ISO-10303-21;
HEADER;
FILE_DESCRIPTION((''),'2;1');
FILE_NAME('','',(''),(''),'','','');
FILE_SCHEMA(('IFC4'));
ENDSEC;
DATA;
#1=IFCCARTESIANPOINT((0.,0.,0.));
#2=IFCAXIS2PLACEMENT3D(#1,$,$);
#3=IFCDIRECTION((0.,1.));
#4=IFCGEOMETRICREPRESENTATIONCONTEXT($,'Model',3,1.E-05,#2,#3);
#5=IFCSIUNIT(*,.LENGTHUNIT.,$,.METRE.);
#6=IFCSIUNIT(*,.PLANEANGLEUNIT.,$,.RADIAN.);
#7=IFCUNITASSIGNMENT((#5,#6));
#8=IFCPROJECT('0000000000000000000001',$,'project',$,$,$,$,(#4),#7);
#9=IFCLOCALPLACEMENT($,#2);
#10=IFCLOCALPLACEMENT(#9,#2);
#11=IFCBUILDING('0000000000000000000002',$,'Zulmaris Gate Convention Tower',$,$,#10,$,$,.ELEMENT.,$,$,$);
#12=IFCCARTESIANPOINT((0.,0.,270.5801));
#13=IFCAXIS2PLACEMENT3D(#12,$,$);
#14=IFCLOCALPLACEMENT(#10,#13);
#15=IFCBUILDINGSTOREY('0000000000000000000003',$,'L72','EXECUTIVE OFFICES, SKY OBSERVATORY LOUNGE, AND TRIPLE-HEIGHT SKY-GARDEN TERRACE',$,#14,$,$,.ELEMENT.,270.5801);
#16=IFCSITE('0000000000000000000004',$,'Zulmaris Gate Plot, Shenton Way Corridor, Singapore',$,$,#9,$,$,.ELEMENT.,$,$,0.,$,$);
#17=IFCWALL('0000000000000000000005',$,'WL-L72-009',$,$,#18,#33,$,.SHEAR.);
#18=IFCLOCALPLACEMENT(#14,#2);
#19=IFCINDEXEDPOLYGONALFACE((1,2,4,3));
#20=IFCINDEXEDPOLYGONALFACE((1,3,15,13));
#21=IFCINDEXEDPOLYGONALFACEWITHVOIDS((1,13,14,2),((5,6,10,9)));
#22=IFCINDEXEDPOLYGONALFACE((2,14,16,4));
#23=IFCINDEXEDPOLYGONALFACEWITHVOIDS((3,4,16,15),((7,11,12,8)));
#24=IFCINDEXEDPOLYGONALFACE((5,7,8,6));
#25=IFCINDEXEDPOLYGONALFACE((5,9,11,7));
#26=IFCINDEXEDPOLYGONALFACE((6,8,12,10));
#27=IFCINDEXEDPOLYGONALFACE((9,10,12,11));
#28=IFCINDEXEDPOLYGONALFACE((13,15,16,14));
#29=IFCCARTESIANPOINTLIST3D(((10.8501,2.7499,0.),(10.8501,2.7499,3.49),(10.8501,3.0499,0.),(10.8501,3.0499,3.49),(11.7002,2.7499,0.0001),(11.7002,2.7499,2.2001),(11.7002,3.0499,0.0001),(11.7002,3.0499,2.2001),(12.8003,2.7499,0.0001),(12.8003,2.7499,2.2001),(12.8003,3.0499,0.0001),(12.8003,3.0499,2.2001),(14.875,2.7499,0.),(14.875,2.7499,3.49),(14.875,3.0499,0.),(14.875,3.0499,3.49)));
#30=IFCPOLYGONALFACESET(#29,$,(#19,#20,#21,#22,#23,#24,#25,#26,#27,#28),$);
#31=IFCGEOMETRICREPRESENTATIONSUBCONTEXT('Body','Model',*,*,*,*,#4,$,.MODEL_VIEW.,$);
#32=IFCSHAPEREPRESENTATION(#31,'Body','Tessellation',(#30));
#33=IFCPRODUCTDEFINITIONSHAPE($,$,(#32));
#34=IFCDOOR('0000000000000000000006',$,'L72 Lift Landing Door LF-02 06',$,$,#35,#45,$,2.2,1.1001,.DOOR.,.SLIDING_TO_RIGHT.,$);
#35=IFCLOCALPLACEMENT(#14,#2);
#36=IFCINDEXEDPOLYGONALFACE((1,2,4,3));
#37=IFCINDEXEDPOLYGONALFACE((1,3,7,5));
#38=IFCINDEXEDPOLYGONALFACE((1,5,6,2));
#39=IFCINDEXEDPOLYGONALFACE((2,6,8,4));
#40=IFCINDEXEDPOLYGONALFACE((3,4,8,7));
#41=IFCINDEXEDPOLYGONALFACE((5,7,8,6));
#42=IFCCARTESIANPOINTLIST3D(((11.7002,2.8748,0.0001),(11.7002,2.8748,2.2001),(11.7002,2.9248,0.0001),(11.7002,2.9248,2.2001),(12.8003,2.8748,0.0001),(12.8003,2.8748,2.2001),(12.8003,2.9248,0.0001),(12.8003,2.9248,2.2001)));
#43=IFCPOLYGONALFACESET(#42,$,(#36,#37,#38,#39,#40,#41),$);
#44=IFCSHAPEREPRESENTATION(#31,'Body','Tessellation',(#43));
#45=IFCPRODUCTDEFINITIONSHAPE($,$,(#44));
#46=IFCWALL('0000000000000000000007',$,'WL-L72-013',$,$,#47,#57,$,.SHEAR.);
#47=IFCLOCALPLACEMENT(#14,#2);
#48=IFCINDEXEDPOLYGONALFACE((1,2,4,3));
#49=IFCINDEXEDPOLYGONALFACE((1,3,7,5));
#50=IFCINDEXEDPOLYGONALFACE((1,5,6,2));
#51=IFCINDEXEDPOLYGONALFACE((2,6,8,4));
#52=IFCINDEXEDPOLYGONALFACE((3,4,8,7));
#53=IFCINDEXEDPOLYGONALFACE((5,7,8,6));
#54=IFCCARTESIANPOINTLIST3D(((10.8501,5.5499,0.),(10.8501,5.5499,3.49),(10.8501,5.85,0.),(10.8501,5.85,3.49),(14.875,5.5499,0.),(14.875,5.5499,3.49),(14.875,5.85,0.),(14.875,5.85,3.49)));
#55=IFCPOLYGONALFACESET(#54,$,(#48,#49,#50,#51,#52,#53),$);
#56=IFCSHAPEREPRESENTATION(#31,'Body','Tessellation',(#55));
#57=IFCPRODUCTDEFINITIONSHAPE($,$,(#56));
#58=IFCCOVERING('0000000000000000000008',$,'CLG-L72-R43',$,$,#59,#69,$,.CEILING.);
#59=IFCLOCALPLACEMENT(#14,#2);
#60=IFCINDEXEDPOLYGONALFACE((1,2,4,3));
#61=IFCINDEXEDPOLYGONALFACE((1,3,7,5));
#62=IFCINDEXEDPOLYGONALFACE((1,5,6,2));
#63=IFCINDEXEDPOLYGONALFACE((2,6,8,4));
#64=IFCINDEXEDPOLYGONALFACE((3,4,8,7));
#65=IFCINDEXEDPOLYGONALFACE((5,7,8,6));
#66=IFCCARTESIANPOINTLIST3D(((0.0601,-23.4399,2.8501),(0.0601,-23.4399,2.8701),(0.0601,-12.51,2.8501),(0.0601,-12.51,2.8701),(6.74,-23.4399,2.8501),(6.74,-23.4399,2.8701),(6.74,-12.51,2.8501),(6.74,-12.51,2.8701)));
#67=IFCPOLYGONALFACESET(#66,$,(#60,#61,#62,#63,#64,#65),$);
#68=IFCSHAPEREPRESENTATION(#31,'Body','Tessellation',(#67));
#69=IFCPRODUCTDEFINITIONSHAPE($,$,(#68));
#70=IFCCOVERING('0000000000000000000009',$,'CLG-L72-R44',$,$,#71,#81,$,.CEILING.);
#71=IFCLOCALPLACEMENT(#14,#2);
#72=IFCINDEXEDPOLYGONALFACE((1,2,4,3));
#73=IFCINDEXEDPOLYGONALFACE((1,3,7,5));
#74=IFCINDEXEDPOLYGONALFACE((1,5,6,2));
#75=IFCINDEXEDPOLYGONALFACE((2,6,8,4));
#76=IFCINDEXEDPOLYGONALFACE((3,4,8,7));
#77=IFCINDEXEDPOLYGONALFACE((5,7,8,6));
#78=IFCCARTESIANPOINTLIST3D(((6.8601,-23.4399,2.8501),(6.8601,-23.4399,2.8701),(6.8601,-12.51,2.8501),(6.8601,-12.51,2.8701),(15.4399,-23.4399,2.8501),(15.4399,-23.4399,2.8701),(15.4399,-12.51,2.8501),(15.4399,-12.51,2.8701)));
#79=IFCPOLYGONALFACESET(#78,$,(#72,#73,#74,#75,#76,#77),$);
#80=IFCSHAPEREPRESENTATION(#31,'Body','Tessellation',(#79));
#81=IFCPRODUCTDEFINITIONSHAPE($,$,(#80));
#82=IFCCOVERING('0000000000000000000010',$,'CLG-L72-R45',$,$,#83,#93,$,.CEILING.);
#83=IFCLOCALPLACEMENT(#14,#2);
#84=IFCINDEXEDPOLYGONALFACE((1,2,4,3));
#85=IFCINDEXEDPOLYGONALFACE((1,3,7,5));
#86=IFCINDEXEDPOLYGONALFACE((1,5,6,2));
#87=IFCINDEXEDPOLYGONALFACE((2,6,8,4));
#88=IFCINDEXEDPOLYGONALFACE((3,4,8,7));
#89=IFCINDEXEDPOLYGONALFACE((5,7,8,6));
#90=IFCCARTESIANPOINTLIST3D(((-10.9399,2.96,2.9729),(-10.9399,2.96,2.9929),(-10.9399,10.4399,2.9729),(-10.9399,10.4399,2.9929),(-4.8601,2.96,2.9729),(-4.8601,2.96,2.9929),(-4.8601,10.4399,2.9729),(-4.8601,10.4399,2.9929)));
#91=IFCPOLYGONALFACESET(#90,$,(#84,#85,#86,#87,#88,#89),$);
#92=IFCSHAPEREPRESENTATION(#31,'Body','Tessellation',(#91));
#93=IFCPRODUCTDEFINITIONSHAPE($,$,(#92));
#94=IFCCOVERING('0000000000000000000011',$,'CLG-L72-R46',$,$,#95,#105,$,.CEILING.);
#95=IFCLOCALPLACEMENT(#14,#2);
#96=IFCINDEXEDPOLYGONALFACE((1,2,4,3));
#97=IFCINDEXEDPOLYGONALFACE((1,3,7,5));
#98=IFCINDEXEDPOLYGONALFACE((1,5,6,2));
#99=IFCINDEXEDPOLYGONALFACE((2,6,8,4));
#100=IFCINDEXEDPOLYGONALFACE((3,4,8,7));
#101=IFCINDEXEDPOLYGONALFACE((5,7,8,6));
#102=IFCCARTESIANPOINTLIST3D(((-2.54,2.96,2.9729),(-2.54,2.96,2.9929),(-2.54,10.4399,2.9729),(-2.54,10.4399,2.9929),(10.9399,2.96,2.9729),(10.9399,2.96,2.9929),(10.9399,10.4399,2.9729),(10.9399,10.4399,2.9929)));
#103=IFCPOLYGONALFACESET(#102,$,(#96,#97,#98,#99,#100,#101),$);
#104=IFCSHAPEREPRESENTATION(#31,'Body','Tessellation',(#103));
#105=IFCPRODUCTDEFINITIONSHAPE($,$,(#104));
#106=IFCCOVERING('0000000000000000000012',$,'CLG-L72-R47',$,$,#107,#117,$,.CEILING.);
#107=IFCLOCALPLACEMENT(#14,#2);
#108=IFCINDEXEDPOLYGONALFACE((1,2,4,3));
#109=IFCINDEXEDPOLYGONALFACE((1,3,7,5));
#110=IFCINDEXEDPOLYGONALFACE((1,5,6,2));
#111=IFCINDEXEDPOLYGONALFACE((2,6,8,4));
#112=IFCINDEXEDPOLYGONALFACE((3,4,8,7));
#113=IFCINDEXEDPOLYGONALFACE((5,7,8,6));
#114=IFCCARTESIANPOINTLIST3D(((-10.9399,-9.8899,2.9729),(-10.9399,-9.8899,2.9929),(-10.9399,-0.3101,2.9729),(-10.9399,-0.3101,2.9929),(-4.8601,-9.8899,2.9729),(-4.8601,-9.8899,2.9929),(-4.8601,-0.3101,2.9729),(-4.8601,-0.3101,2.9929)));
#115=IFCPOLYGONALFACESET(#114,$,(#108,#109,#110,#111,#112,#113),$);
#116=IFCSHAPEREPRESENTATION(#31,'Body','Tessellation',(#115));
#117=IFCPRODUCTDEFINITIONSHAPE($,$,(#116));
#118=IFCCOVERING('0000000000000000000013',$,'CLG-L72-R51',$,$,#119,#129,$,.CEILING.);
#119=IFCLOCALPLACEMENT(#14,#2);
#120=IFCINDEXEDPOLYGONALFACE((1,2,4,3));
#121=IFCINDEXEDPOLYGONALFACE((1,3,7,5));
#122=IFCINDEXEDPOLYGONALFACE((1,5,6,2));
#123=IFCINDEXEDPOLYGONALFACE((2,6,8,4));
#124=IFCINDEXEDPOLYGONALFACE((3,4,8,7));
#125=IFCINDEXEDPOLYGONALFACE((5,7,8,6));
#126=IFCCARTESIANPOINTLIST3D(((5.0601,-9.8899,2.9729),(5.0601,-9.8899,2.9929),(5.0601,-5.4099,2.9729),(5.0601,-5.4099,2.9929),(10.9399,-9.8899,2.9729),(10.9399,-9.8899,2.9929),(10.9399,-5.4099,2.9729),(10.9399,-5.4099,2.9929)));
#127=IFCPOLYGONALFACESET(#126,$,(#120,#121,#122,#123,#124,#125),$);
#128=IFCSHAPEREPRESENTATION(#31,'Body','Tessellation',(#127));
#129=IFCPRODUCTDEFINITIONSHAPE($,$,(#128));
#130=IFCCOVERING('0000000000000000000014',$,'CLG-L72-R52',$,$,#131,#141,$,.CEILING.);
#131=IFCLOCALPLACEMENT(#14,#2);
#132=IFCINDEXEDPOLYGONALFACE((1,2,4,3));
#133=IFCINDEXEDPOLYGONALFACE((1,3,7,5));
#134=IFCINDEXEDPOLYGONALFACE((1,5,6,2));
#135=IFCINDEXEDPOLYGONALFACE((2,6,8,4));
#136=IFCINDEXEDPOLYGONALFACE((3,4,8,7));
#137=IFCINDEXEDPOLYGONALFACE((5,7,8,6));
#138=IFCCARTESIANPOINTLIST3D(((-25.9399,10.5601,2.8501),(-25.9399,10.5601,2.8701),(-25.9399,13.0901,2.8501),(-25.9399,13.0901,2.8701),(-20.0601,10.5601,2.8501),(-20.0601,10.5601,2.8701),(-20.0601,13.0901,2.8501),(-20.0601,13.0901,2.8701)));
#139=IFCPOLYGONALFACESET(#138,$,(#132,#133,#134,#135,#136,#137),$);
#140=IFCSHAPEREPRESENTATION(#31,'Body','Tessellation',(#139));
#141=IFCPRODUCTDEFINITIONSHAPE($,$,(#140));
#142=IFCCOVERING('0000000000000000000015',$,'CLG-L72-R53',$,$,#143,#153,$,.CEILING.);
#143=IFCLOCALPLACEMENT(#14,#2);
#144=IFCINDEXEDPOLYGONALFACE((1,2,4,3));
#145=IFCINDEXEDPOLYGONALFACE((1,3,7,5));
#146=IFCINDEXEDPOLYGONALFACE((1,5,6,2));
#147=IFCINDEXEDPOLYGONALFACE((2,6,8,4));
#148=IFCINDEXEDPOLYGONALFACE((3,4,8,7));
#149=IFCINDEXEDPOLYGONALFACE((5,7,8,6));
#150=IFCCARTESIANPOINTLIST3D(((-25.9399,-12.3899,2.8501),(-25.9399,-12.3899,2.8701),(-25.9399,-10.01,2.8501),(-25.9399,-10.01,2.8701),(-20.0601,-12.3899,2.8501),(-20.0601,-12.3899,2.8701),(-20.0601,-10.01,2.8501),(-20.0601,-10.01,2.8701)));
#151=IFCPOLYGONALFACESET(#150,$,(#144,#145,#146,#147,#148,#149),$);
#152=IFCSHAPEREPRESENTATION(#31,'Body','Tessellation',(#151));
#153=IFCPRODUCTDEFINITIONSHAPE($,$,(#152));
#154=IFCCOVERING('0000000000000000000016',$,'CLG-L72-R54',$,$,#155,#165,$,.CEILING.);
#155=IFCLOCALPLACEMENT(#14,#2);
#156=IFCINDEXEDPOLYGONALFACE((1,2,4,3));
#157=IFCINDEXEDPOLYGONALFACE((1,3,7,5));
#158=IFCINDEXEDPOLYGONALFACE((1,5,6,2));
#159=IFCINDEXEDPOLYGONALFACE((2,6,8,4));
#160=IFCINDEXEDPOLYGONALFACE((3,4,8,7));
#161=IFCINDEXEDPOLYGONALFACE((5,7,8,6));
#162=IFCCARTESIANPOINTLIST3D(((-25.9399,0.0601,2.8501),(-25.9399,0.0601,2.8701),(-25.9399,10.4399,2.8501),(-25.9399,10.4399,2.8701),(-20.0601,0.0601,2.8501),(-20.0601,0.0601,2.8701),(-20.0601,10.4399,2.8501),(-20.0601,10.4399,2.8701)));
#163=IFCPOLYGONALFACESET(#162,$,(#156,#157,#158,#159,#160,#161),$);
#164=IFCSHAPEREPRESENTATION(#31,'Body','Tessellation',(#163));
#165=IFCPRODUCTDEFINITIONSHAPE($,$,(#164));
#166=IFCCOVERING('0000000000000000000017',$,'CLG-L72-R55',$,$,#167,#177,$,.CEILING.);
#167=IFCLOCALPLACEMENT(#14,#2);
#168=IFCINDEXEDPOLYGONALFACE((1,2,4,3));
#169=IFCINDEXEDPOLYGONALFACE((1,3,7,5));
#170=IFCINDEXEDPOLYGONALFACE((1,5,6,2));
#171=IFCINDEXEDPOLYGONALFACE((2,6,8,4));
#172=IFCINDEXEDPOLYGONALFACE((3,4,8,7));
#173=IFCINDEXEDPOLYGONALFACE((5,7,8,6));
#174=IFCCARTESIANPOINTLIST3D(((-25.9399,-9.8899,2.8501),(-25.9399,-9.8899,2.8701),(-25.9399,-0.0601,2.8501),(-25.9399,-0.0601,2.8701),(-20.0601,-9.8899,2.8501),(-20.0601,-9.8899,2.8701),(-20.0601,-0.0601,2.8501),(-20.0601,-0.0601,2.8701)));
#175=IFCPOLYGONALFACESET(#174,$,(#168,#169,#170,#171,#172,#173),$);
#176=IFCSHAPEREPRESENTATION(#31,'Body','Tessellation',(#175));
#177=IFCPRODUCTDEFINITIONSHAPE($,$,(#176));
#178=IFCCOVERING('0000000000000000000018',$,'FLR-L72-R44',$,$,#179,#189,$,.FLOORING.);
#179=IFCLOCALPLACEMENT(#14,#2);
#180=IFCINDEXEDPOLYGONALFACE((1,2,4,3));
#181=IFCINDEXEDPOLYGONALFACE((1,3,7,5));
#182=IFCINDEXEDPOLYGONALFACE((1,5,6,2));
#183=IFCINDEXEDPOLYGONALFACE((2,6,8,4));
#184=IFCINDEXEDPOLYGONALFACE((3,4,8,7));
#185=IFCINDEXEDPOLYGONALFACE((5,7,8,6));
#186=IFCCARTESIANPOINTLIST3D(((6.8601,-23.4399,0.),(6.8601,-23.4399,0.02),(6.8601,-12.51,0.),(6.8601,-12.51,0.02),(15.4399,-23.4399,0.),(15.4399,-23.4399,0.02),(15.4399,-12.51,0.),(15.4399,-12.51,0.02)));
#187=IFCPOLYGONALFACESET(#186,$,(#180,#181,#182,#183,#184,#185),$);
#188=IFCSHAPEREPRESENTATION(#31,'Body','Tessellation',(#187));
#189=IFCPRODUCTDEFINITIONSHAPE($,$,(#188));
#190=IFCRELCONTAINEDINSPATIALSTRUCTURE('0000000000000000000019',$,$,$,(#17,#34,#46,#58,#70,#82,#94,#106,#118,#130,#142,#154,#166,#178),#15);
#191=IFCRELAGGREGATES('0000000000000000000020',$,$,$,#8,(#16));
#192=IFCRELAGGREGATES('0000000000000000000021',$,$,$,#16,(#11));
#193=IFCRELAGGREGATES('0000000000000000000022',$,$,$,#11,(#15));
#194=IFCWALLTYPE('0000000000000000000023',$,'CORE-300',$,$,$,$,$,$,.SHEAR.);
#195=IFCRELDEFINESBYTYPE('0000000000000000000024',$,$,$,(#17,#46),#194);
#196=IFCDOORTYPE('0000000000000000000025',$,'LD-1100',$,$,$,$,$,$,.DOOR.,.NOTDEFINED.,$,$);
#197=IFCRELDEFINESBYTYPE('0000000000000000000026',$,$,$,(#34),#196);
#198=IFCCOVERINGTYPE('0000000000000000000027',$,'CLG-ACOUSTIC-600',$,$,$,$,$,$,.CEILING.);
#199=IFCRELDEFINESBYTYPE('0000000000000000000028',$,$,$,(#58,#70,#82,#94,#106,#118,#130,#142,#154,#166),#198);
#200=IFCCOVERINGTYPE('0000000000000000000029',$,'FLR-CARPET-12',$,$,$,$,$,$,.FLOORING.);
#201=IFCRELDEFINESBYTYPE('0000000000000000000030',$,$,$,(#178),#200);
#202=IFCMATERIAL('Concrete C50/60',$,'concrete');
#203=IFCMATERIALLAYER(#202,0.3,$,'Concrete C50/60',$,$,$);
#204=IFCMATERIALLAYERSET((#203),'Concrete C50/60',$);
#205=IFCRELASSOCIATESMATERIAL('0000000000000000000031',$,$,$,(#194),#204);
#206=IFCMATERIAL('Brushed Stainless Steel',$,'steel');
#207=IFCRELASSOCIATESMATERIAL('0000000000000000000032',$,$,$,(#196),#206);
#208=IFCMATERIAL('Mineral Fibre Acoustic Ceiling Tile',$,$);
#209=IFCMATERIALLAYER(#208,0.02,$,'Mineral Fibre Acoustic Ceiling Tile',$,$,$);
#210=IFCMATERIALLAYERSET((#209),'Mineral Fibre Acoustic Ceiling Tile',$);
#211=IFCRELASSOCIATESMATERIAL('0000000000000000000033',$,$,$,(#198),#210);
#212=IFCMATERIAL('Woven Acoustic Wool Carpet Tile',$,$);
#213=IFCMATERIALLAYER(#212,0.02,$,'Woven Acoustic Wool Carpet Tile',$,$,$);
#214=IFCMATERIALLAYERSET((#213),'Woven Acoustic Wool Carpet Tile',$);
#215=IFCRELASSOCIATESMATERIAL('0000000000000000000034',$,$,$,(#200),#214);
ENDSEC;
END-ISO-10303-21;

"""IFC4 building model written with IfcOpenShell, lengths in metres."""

from ifc_helpers import new_model, si_unit, direction, frame, frame_2d, origin, place, context, subcontext, project, spatial, polyline, rectangle, outline, extrude, material, layer, layer_set, type_object, element, fill, save


model = new_model("IFC4")

# Units and contexts
model_context = context("Model", 3, precision=1e-05, world=origin(), true_north=direction((0.0, 1.0)))
body_context = subcontext(model_context, "Body", "Model", "MODEL_VIEW")
ifc_project = project(units=[si_unit("LENGTHUNIT", "METRE"), si_unit("PLANEANGLEUNIT", "RADIAN")], contexts=[model_context])

# Site, building, storey
site_placement = place(None, origin())
site = spatial("IfcSite", under=ifc_project, at=site_placement, Name="Zulmaris Gate Plot, Shenton Way Corridor, Singapore", CompositionType="ELEMENT", RefElevation=0.0)
building_placement = place(site_placement, origin())
building = spatial("IfcBuilding", under=site, at=building_placement, Name="Zulmaris Gate Convention Tower", CompositionType="ELEMENT")
storey_placement = place(building_placement, frame((0.0, 0.0, 270.5801)))
storey = spatial("IfcBuildingStorey", under=building, at=storey_placement, Name="L72", Description="EXECUTIVE OFFICES, SKY OBSERVATORY LOUNGE, AND TRIPLE-HEIGHT SKY-GARDEN TERRACE", CompositionType="ELEMENT", Elevation=270.5801)

# Wall, opening, door
ifc_material_1 = material(Name="Concrete C50/60", Category="concrete")
ifc_layer_1 = layer(ifc_material_1, 0.3, Name="Concrete C50/60")
ifc_layer_set_1 = layer_set([ifc_layer_1], Name="Concrete C50/60")
wall_type = type_object("IfcWallType", Name="CORE-300", PredefinedType="SHEAR", material=ifc_layer_set_1)
wall_1_placement = place(storey_placement, frame((10.8501, 2.8999, 0.0), z_axis=(0.0, 0.0, 1.0), x_axis=(1.0, 0.0, 0.0)))
wall_1 = element("IfcWall", 1, at=wall_1_placement, inside=storey, type_object=wall_type, Name="WL-L72-009", PredefinedType="SHEAR", context=body_context, shape_type="SweptSolid", body=[
    extrude(rectangle(XDim=4.0249, YDim=0.3, at=frame_2d((2.0125, 0.0))), origin(), (0.0, 0.0, 1.0), 3.49),
])
opening_placement = place(wall_1_placement, frame((0.8501, 0.0, 0.0)))
opening = element("IfcOpeningElement", 2, at=opening_placement, cuts=wall_1, PredefinedType="OPENING", context=body_context, shape_type="SweptSolid", body=[
    extrude(rectangle(XDim=1.1001, YDim=2.2, at=frame_2d((0.55, 1.1001))), frame((0.0, 0.1602, 0.0), z_axis=(0.0, -1.0, 0.0), x_axis=(1.0, 0.0, 0.0)), (0.0, 0.0, 1.0), 0.3201),
])
ifc_material_2 = material(Name="Brushed Stainless Steel", Category="steel")
door_type = type_object("IfcDoorType", Name="LD-1100", OperationType="NOTDEFINED", PredefinedType="DOOR", material=ifc_material_2)
door_placement = place(opening_placement, origin())
door = element("IfcDoor", 3, at=door_placement, inside=storey, type_object=door_type, Name="L72 Lift Landing Door LF-02 06", OperationType="SLIDING_TO_RIGHT", OverallHeight=2.2, OverallWidth=1.1001, PredefinedType="DOOR", context=body_context, shape_type="SweptSolid", body=[
    extrude(rectangle(XDim=1.1001, YDim=2.2, at=frame_2d((0.55, 1.1001))), frame((0.0, 0.0249, 0.0), z_axis=(0.0, -1.0, 0.0), x_axis=(1.0, 0.0, 0.0)), (0.0, 0.0, 1.0), 0.05),
])
fill(opening, door)

# Wall
wall_2_placement = place(storey_placement, frame((10.8501, 5.7, 0.0), z_axis=(0.0, 0.0, 1.0), x_axis=(1.0, 0.0, 0.0)))
element("IfcWall", 4, at=wall_2_placement, inside=storey, type_object=wall_type, Name="WL-L72-013", PredefinedType="SHEAR", context=body_context, shape_type="SweptSolid", body=[
    extrude(rectangle(XDim=4.0249, YDim=0.3, at=frame_2d((2.0125, 0.0))), origin(), (0.0, 0.0, 1.0), 3.49),
])

# Coverings
ifc_material_3 = material(Name="Mineral Fibre Acoustic Ceiling Tile")
ifc_layer_2 = layer(ifc_material_3, 0.02, Name="Mineral Fibre Acoustic Ceiling Tile")
ifc_layer_set_2 = layer_set([ifc_layer_2], Name="Mineral Fibre Acoustic Ceiling Tile")
covering_type_1 = type_object("IfcCoveringType", Name="CLG-ACOUSTIC-600", PredefinedType="CEILING", material=ifc_layer_set_2)
covering_1_placement = place(storey_placement, frame((0.0, 0.0, 2.8501)))
element("IfcCovering", 5, at=covering_1_placement, inside=storey, type_object=covering_type_1, Name="CLG-L72-R43", PredefinedType="CEILING", context=body_context, shape_type="SweptSolid", body=[
    extrude(outline(polyline([(0.0601, -23.4399), (6.74, -23.4399), (6.74, -12.51), (0.0601, -12.51), (0.0601, -23.4399)])), origin(), (0.0, 0.0, 1.0), 0.02),
])
covering_2_placement = place(storey_placement, frame((0.0, 0.0, 2.8501)))
element("IfcCovering", 6, at=covering_2_placement, inside=storey, type_object=covering_type_1, Name="CLG-L72-R44", PredefinedType="CEILING", context=body_context, shape_type="SweptSolid", body=[
    extrude(outline(polyline([(6.8601, -23.4399), (15.4399, -23.4399), (15.4399, -12.51), (6.8601, -12.51), (6.8601, -23.4399)])), origin(), (0.0, 0.0, 1.0), 0.02),
])
covering_3_placement = place(storey_placement, frame((0.0, 0.0, 2.9729)))
element("IfcCovering", 7, at=covering_3_placement, inside=storey, type_object=covering_type_1, Name="CLG-L72-R45", PredefinedType="CEILING", context=body_context, shape_type="SweptSolid", body=[
    extrude(outline(polyline([(-10.9399, 2.96), (-4.8601, 2.96), (-4.8601, 10.4399), (-10.9399, 10.4399), (-10.9399, 2.96)])), origin(), (0.0, 0.0, 1.0), 0.02),
])
covering_4_placement = place(storey_placement, frame((0.0, 0.0, 2.9729)))
element("IfcCovering", 8, at=covering_4_placement, inside=storey, type_object=covering_type_1, Name="CLG-L72-R46", PredefinedType="CEILING", context=body_context, shape_type="SweptSolid", body=[
    extrude(outline(polyline([(-2.54, 2.96), (10.9399, 2.96), (10.9399, 10.4399), (-2.54, 10.4399), (-2.54, 2.96)])), origin(), (0.0, 0.0, 1.0), 0.02),
])
covering_5_placement = place(storey_placement, frame((0.0, 0.0, 2.9729)))
element("IfcCovering", 9, at=covering_5_placement, inside=storey, type_object=covering_type_1, Name="CLG-L72-R47", PredefinedType="CEILING", context=body_context, shape_type="SweptSolid", body=[
    extrude(outline(polyline([(-10.9399, -9.8899), (-4.8601, -9.8899), (-4.8601, -0.3101), (-10.9399, -0.3101), (-10.9399, -9.8899)])), origin(), (0.0, 0.0, 1.0), 0.02),
])
covering_6_placement = place(storey_placement, frame((0.0, 0.0, 2.9729)))
element("IfcCovering", 10, at=covering_6_placement, inside=storey, type_object=covering_type_1, Name="CLG-L72-R51", PredefinedType="CEILING", context=body_context, shape_type="SweptSolid", body=[
    extrude(outline(polyline([(5.0601, -9.8899), (10.9399, -9.8899), (10.9399, -5.4099), (5.0601, -5.4099), (5.0601, -9.8899)])), origin(), (0.0, 0.0, 1.0), 0.02),
])
covering_7_placement = place(storey_placement, frame((0.0, 0.0, 2.8501)))
element("IfcCovering", 11, at=covering_7_placement, inside=storey, type_object=covering_type_1, Name="CLG-L72-R52", PredefinedType="CEILING", context=body_context, shape_type="SweptSolid", body=[
    extrude(outline(polyline([(-25.9399, 10.5601), (-20.0601, 10.5601), (-20.0601, 13.0901), (-25.9399, 13.0901), (-25.9399, 10.5601)])), origin(), (0.0, 0.0, 1.0), 0.02),
])
covering_8_placement = place(storey_placement, frame((0.0, 0.0, 2.8501)))
element("IfcCovering", 12, at=covering_8_placement, inside=storey, type_object=covering_type_1, Name="CLG-L72-R53", PredefinedType="CEILING", context=body_context, shape_type="SweptSolid", body=[
    extrude(outline(polyline([(-25.9399, -12.3899), (-20.0601, -12.3899), (-20.0601, -10.01), (-25.9399, -10.01), (-25.9399, -12.3899)])), origin(), (0.0, 0.0, 1.0), 0.02),
])
covering_9_placement = place(storey_placement, frame((0.0, 0.0, 2.8501)))
element("IfcCovering", 13, at=covering_9_placement, inside=storey, type_object=covering_type_1, Name="CLG-L72-R54", PredefinedType="CEILING", context=body_context, shape_type="SweptSolid", body=[
    extrude(outline(polyline([(-25.9399, 0.0601), (-20.0601, 0.0601), (-20.0601, 10.4399), (-25.9399, 10.4399), (-25.9399, 0.0601)])), origin(), (0.0, 0.0, 1.0), 0.02),
])
covering_10_placement = place(storey_placement, frame((0.0, 0.0, 2.8501)))
element("IfcCovering", 14, at=covering_10_placement, inside=storey, type_object=covering_type_1, Name="CLG-L72-R55", PredefinedType="CEILING", context=body_context, shape_type="SweptSolid", body=[
    extrude(outline(polyline([(-25.9399, -9.8899), (-20.0601, -9.8899), (-20.0601, -0.0601), (-25.9399, -0.0601), (-25.9399, -9.8899)])), origin(), (0.0, 0.0, 1.0), 0.02),
])
ifc_material_4 = material(Name="Woven Acoustic Wool Carpet Tile")
ifc_layer_3 = layer(ifc_material_4, 0.02, Name="Woven Acoustic Wool Carpet Tile")
ifc_layer_set_3 = layer_set([ifc_layer_3], Name="Woven Acoustic Wool Carpet Tile")
covering_type_2 = type_object("IfcCoveringType", Name="FLR-CARPET-12", PredefinedType="FLOORING", material=ifc_layer_set_3)
covering_11_placement = place(storey_placement, origin())
element("IfcCovering", 15, at=covering_11_placement, inside=storey, type_object=covering_type_2, Name="FLR-L72-R44", PredefinedType="FLOORING", context=body_context, shape_type="SweptSolid", body=[
    extrude(outline(polyline([(6.8601, -23.4399), (15.4399, -23.4399), (15.4399, -12.51), (6.8601, -12.51), (6.8601, -23.4399)])), origin(), (0.0, 0.0, 1.0), 0.02),
])

save(model, "model.ifc")
